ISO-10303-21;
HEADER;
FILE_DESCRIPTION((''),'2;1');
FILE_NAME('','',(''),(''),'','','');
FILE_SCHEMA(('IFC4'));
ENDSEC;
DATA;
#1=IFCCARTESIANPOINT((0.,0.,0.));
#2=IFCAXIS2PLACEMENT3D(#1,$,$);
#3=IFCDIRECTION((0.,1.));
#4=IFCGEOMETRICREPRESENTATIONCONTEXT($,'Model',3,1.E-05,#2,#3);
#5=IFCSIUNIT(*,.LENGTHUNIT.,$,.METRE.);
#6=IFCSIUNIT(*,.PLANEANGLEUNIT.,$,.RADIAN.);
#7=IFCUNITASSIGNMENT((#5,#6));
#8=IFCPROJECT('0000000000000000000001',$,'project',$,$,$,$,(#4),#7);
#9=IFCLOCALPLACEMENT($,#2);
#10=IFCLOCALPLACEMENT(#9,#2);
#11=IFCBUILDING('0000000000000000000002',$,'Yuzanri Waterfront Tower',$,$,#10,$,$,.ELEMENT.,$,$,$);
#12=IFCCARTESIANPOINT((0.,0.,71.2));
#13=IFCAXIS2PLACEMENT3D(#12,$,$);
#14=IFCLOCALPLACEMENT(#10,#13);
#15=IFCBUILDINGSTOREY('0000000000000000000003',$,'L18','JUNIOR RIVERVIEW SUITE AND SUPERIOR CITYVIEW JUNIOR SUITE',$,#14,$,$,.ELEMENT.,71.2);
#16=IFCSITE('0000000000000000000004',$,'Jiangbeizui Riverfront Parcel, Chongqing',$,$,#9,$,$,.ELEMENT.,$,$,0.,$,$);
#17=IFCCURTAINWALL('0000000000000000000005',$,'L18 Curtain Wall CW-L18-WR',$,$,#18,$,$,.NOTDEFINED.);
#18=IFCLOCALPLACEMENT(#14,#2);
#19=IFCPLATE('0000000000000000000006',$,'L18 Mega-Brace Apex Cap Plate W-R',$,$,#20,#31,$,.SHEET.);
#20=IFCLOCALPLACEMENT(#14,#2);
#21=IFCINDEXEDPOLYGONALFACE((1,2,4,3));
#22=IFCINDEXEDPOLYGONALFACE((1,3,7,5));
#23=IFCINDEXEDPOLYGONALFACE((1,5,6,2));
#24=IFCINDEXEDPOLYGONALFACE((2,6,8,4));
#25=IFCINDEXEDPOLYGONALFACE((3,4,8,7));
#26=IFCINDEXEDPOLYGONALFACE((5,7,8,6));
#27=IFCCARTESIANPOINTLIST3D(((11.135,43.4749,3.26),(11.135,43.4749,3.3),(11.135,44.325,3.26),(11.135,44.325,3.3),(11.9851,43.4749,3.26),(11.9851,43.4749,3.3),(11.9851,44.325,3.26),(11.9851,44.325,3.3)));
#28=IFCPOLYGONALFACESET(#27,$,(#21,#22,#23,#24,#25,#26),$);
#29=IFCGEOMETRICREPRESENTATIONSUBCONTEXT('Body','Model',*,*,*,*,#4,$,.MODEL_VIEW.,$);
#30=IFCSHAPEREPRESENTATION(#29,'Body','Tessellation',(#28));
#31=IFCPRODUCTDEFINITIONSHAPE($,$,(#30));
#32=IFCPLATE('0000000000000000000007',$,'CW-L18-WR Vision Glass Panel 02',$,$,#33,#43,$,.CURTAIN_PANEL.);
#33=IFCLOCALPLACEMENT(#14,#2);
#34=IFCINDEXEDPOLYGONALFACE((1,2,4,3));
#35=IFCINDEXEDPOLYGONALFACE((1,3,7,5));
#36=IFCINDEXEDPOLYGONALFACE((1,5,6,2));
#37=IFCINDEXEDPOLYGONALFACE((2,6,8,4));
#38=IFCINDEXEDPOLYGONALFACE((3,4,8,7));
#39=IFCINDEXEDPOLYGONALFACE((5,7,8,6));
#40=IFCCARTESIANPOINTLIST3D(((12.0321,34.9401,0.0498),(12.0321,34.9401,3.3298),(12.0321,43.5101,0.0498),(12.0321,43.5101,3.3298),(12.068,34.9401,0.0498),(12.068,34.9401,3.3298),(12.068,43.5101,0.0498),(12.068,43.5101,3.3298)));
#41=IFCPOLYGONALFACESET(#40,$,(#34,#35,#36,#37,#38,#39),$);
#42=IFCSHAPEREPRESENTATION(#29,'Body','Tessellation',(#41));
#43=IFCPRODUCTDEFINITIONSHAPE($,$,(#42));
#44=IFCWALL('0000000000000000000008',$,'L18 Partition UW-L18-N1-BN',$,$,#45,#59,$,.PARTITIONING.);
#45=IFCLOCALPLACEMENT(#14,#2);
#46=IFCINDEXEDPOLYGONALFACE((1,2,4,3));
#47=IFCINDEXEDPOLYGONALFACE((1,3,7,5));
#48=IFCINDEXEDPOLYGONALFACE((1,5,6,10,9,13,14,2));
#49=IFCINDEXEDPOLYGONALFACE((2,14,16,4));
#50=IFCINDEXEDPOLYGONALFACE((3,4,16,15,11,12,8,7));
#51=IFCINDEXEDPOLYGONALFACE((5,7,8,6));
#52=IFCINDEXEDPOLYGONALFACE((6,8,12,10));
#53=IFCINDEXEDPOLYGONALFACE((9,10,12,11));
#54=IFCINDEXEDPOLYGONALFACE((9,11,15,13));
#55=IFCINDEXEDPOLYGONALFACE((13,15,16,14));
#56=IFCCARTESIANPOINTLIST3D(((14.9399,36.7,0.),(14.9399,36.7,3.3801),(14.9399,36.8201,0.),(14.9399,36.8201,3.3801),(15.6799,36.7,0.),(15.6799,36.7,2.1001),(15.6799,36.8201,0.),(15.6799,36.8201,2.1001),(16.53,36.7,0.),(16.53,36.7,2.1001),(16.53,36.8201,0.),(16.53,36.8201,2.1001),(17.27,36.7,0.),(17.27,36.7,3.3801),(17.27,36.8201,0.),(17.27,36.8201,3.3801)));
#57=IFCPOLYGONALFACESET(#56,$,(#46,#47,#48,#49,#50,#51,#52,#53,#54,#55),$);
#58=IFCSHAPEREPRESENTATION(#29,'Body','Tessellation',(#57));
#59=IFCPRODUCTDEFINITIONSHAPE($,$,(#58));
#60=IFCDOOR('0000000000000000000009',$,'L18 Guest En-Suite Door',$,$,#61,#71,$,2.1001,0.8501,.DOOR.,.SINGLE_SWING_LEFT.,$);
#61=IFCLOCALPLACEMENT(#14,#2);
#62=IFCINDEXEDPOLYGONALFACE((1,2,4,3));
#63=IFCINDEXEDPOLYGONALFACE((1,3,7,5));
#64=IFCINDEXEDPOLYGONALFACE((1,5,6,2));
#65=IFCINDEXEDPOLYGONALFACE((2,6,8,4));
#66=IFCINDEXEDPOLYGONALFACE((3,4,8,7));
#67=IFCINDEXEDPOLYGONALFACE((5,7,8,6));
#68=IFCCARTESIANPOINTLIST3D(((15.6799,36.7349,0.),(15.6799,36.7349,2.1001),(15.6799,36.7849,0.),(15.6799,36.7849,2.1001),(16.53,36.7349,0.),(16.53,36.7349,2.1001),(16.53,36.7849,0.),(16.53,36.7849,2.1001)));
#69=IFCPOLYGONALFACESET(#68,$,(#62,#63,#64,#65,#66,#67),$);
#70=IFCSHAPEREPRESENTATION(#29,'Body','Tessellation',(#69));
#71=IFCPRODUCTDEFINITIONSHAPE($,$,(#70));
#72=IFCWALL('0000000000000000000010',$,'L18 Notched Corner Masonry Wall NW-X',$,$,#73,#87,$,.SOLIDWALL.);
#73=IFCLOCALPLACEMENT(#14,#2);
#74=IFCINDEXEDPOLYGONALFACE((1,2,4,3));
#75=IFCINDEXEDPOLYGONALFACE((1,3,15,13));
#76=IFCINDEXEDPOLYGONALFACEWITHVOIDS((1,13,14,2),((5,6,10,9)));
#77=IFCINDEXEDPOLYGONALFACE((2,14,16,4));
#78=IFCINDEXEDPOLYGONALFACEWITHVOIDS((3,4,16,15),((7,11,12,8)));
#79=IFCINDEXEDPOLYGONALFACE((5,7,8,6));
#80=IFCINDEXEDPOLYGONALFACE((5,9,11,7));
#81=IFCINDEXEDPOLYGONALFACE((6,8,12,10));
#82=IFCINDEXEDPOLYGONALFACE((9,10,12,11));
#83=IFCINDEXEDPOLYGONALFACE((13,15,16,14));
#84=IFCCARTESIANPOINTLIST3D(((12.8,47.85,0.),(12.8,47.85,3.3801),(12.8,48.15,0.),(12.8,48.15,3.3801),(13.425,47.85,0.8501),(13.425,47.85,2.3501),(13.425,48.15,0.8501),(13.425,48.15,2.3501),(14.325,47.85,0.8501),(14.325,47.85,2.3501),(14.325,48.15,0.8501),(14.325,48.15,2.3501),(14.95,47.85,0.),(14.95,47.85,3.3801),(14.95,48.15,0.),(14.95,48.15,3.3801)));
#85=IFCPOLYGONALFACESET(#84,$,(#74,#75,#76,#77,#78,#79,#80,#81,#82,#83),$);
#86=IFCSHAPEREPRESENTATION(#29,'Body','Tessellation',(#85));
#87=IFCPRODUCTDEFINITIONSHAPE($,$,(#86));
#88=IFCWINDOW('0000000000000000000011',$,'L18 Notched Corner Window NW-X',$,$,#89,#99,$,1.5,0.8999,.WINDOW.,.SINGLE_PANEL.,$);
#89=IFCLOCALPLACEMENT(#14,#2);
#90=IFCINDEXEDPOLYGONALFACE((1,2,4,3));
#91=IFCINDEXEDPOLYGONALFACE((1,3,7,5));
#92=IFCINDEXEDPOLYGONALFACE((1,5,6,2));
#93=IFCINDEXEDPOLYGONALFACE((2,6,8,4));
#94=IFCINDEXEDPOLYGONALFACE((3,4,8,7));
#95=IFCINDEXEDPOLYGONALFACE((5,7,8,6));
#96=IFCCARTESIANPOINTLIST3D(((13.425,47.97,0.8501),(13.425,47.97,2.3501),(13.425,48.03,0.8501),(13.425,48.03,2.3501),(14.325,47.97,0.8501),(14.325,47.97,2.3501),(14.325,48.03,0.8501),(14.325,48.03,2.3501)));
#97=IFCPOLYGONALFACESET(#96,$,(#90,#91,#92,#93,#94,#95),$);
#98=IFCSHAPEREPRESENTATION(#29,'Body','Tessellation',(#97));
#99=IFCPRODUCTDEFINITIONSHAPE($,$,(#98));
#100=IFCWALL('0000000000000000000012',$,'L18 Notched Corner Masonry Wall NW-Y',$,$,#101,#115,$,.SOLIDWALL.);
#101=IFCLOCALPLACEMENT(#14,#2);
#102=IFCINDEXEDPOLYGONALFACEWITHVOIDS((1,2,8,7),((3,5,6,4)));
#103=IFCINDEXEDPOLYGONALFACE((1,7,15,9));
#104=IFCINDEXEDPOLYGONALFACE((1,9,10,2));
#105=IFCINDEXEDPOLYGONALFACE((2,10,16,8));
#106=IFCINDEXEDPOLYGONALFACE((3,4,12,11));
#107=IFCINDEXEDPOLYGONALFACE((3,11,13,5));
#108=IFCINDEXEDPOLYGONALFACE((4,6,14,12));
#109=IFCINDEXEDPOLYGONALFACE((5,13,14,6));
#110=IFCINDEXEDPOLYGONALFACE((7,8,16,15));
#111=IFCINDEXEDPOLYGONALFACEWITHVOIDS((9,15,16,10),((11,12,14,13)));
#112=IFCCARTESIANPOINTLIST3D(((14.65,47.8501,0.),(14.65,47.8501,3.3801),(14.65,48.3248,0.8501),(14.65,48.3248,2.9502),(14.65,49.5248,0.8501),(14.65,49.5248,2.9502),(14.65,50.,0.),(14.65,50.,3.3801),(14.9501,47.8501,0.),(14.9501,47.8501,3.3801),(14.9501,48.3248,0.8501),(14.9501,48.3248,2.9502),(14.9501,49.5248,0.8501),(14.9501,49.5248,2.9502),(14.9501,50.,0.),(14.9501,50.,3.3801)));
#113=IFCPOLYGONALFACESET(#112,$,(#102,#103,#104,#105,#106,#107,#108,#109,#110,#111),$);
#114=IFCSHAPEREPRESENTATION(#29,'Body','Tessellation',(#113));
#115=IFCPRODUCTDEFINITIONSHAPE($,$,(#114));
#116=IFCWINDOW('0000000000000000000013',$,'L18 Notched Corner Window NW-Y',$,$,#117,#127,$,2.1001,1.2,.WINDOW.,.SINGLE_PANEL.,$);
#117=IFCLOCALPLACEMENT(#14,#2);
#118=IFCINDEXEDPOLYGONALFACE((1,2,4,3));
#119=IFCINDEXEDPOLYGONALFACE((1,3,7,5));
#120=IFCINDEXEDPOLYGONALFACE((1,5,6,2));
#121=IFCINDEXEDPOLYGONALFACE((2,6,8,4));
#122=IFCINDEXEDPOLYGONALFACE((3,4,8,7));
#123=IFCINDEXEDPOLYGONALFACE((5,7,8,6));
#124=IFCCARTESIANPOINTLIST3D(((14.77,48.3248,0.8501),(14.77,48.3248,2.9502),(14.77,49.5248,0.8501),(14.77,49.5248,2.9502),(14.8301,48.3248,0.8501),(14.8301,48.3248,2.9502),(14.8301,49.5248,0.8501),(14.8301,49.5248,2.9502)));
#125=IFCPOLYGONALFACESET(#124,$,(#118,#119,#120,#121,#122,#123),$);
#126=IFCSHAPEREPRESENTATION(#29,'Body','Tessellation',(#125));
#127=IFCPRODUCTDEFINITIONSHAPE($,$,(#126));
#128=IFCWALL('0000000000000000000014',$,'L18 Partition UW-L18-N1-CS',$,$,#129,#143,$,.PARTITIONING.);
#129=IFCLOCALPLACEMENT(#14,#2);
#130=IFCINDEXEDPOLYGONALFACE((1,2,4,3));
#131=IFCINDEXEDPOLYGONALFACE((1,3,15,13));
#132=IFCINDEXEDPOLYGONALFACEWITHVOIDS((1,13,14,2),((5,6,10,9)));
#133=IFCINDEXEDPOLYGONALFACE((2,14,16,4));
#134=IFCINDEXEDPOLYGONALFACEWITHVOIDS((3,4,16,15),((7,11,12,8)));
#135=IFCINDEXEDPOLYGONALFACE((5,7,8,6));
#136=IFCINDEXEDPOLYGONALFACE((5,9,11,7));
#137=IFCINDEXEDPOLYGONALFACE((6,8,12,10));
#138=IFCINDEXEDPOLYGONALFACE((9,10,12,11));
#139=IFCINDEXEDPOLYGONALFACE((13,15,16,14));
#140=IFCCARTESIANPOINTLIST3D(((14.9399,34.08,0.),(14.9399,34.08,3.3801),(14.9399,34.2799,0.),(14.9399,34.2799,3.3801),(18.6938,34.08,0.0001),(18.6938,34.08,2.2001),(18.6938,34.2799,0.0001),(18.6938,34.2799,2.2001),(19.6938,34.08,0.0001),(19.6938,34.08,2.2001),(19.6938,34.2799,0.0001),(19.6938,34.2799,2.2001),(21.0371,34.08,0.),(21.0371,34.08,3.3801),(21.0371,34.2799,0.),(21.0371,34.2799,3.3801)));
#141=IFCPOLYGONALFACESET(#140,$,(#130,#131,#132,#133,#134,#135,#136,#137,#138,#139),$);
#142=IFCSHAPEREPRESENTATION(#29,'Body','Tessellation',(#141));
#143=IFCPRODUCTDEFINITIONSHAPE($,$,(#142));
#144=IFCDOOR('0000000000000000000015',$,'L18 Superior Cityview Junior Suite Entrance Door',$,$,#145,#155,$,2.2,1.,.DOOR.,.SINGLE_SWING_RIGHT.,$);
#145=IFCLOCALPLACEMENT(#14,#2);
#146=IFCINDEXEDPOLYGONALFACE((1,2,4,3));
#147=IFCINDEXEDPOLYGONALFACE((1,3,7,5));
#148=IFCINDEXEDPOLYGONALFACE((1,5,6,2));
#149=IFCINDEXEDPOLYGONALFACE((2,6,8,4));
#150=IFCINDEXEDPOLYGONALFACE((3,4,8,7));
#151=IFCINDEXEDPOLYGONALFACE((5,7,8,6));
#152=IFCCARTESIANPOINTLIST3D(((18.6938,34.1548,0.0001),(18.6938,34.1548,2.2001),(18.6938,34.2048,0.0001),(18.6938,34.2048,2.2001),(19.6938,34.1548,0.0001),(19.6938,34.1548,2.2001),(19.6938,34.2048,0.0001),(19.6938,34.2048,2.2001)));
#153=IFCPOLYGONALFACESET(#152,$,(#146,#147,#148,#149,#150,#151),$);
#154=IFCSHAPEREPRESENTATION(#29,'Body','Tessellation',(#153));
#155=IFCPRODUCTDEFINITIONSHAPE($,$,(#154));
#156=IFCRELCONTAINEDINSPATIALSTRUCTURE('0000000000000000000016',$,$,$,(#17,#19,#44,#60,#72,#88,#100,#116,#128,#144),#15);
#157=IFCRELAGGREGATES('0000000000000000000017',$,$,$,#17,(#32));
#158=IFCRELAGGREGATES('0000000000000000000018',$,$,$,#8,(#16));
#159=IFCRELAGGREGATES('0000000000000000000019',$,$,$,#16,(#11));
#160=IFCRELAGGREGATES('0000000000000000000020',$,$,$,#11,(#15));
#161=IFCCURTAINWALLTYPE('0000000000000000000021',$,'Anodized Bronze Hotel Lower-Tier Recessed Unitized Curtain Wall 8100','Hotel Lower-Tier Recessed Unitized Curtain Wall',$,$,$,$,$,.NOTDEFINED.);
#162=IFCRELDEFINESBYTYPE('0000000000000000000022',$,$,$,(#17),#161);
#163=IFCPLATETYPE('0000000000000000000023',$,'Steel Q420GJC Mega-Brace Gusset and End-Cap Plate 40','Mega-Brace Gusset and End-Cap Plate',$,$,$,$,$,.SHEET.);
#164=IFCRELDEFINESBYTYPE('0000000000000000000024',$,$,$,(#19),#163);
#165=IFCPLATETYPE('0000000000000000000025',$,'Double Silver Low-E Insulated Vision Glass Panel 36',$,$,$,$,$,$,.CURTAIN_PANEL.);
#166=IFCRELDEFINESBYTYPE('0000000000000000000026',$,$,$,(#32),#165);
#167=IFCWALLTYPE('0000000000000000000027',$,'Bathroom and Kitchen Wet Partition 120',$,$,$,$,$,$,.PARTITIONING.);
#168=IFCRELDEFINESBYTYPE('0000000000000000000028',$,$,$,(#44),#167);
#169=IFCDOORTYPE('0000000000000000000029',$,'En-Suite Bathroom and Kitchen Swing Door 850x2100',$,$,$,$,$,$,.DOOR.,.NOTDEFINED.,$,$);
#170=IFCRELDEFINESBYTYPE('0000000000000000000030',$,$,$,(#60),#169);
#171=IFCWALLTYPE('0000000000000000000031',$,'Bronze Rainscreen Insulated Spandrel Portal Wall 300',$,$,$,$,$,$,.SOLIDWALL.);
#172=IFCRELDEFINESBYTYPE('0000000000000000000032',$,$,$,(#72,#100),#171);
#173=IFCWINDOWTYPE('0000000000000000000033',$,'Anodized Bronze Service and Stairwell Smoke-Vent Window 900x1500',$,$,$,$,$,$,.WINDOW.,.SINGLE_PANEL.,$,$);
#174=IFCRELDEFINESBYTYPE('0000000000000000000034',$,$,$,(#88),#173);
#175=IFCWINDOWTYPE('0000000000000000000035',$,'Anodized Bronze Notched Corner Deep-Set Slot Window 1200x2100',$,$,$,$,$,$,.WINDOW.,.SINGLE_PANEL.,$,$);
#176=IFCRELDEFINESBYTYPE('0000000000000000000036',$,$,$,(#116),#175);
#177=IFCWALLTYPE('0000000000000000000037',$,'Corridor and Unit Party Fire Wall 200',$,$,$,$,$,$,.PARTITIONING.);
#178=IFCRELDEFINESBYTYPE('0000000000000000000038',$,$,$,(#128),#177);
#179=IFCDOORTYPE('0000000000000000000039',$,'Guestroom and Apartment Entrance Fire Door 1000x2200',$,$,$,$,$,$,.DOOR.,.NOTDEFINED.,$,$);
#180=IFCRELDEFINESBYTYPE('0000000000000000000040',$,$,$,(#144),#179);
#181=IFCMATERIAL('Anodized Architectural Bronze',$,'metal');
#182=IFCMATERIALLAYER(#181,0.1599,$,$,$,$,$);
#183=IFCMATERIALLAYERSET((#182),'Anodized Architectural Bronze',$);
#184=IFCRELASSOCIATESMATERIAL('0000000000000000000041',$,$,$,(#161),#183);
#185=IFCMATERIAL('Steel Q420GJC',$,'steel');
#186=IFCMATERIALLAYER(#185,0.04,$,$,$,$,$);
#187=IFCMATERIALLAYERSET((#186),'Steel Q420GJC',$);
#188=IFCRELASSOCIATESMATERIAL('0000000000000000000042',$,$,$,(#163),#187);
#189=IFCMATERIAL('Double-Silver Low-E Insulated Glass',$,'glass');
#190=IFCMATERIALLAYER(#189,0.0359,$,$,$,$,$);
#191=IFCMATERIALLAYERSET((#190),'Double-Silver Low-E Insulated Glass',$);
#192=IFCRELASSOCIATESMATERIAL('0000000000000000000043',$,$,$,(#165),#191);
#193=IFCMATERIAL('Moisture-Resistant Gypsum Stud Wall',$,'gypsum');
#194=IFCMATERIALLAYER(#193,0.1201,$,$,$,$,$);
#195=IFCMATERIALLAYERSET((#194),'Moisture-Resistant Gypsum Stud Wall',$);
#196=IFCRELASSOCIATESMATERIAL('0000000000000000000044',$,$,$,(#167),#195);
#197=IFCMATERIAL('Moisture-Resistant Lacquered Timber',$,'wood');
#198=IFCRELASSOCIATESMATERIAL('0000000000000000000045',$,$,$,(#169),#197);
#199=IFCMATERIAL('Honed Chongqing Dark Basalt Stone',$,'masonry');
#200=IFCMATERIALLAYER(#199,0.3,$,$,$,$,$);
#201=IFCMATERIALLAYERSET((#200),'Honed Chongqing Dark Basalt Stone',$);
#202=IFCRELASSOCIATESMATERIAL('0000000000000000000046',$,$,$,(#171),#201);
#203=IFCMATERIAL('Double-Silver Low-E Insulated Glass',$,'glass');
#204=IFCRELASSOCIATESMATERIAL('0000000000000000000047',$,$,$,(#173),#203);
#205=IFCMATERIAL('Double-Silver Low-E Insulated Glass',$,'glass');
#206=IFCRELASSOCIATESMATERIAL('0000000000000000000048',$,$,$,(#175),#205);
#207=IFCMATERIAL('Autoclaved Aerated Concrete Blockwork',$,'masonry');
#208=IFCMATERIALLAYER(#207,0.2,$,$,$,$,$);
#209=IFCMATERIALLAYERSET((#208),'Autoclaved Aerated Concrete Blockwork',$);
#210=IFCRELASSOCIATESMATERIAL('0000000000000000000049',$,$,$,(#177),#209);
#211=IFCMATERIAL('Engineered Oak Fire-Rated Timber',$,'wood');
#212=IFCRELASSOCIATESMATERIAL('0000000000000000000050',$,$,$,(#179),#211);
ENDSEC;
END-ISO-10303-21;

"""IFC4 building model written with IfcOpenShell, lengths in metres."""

from ifc_helpers import new_model, si_unit, direction, frame, frame_2d, origin, origin_2d, place, context, subcontext, project, spatial, rectangle, extrude, source, transform, mapped, material, layer, layer_set, type_object, element, fill, aggregate, save


model = new_model("IFC4")

# Units and contexts
model_context = context("Model", 3, precision=1e-05, world=origin(), true_north=direction((0.0, 1.0)))
body_context = subcontext(model_context, "Body", "Model", "MODEL_VIEW")
ifc_project = project(units=[si_unit("LENGTHUNIT", "METRE"), si_unit("PLANEANGLEUNIT", "RADIAN")], contexts=[model_context])

# Site, building, storey
site_placement = place(None, origin())
site = spatial("IfcSite", under=ifc_project, at=site_placement, Name="Jiangbeizui Riverfront Parcel, Chongqing", CompositionType="ELEMENT", RefElevation=0.0)
building_placement = place(site_placement, origin())
building = spatial("IfcBuilding", under=site, at=building_placement, Name="Yuzanri Waterfront Tower", CompositionType="ELEMENT")
storey_placement = place(building_placement, frame((0.0, 0.0, 71.2)))
storey = spatial("IfcBuildingStorey", under=building, at=storey_placement, Name="L18", Description="JUNIOR RIVERVIEW SUITE AND SUPERIOR CITYVIEW JUNIOR SUITE", CompositionType="ELEMENT", Elevation=71.2)

# Curtain wall
ifc_material_1 = material(Name="Anodized Architectural Bronze", Category="metal")
ifc_layer_1 = layer(ifc_material_1, 0.1599)
ifc_layer_set_1 = layer_set([ifc_layer_1], Name="Anodized Architectural Bronze")
curtain_wall_type = type_object("IfcCurtainWallType", Name="Anodized Bronze Hotel Lower-Tier Recessed Unitized Curtain Wall 8100", Description="Hotel Lower-Tier Recessed Unitized Curtain Wall", PredefinedType="NOTDEFINED", material=ifc_layer_set_1)
curtain_wall_1_placement = place(storey_placement, origin())
curtain_wall_1 = element("IfcCurtainWall", 1, at=curtain_wall_1_placement, inside=storey, type_object=curtain_wall_type, Name="L18 Curtain Wall CW-L18-WR", PredefinedType="NOTDEFINED")

# Plate
ifc_material_2 = material(Name="Steel Q420GJC", Category="steel")
ifc_layer_2 = layer(ifc_material_2, 0.04)
ifc_layer_set_2 = layer_set([ifc_layer_2], Name="Steel Q420GJC")
plate_type_1 = type_object("IfcPlateType", Name="Steel Q420GJC Mega-Brace Gusset and End-Cap Plate 40", Description="Mega-Brace Gusset and End-Cap Plate", PredefinedType="SHEET", material=ifc_layer_set_2)
shared_shape_1 = source(origin(), body_context, "Body", "SweptSolid", [
    extrude(rectangle(XDim=0.8501, YDim=0.8501, at=origin_2d()), origin(), (0.0, 0.0, 1.0), 0.04),
])
for number, where, z_axis, x_axis, name in (
    (2, (11.5601, 43.8999, 3.26), (0.0, 0.0, 1.0), (1.0, 0.0, 0.0), "L18 Mega-Brace Apex Cap Plate W-R"),
):
    element("IfcPlate", number, at=place(storey_placement, frame(where, z_axis=z_axis, x_axis=x_axis)), inside=storey, type_object=plate_type_1, Name=name, PredefinedType="SHEET", context=body_context, shape_type="MappedRepresentation", body=[
        mapped(shared_shape_1, transform((0.0, 0.0, 0.0), scale=1.0)),
    ])

# Plate
ifc_material_3 = material(Name="Double-Silver Low-E Insulated Glass", Category="glass")
ifc_layer_3 = layer(ifc_material_3, 0.0359)
ifc_layer_set_3 = layer_set([ifc_layer_3], Name="Double-Silver Low-E Insulated Glass")
plate_type_2 = type_object("IfcPlateType", Name="Double Silver Low-E Insulated Vision Glass Panel 36", PredefinedType="CURTAIN_PANEL", material=ifc_layer_set_3)
shared_shape_2 = source(origin(), body_context, "Body", "SweptSolid", [
    extrude(rectangle(XDim=8.5701, YDim=0.0359, at=origin_2d()), origin(), (0.0, 0.0, 1.0), 3.28),
])
plate_placement = place(storey_placement, frame((12.05, 39.2251, 0.0498), z_axis=(0.0, 0.0, 1.0), x_axis=(0.0, 1.0, 0.0)))
plate = element("IfcPlate", 3, at=plate_placement, type_object=plate_type_2, Name="CW-L18-WR Vision Glass Panel 02", PredefinedType="CURTAIN_PANEL", context=body_context, shape_type="MappedRepresentation", body=[
    mapped(shared_shape_2, transform((0.0, 0.0, 0.0), scale=1.0)),
])
aggregate(curtain_wall_1, [plate])

# Wall, opening, door
ifc_material_4 = material(Name="Moisture-Resistant Gypsum Stud Wall", Category="gypsum")
ifc_layer_4 = layer(ifc_material_4, 0.1201)
ifc_layer_set_4 = layer_set([ifc_layer_4], Name="Moisture-Resistant Gypsum Stud Wall")
wall_type_1 = type_object("IfcWallType", Name="Bathroom and Kitchen Wet Partition 120", PredefinedType="PARTITIONING", material=ifc_layer_set_4)
wall_1_placement = place(storey_placement, frame((14.9399, 36.76, 0.0), z_axis=(0.0, 0.0, 1.0), x_axis=(1.0, 0.0, 0.0)))
wall_1 = element("IfcWall", 4, at=wall_1_placement, inside=storey, type_object=wall_type_1, Name="L18 Partition UW-L18-N1-BN", PredefinedType="PARTITIONING", context=body_context, shape_type="SweptSolid", body=[
    extrude(rectangle(XDim=2.3301, YDim=0.1201, at=frame_2d((1.165, 0.0))), origin(), (0.0, 0.0, 1.0), 3.3801),
])
opening_1_placement = place(wall_1_placement, frame((0.74, 0.0, 0.0)))
opening_1 = element("IfcOpeningElement", 5, at=opening_1_placement, cuts=wall_1, PredefinedType="OPENING", context=body_context, shape_type="SweptSolid", body=[
    extrude(rectangle(XDim=0.8501, YDim=2.1001, at=frame_2d((0.425, 1.05))), frame((0.0, 0.075, 0.0), z_axis=(0.0, -1.0, 0.0), x_axis=(1.0, 0.0, 0.0)), (0.0, 0.0, 1.0), 0.1499),
])
ifc_material_5 = material(Name="Moisture-Resistant Lacquered Timber", Category="wood")
door_type_1 = type_object("IfcDoorType", Name="En-Suite Bathroom and Kitchen Swing Door 850x2100", OperationType="NOTDEFINED", PredefinedType="DOOR", material=ifc_material_5)
shared_shape_3 = source(origin(), body_context, "Body", "SweptSolid", [
    extrude(rectangle(XDim=0.8501, YDim=2.1001, at=frame_2d((0.425, 1.05))), frame((0.0, 0.0249, 0.0), z_axis=(0.0, -1.0, 0.0), x_axis=(1.0, 0.0, 0.0)), (0.0, 0.0, 1.0), 0.05),
])
door_1_placement = place(opening_1_placement, origin())
door_1 = element("IfcDoor", 6, at=door_1_placement, inside=storey, type_object=door_type_1, Name="L18 Guest En-Suite Door", OperationType="SINGLE_SWING_LEFT", OverallHeight=2.1001, OverallWidth=0.8501, PredefinedType="DOOR", context=body_context, shape_type="MappedRepresentation", body=[
    mapped(shared_shape_3, transform((0.0, 0.0, 0.0), scale=1.0)),
])
fill(opening_1, door_1)

# Walls, openings, windows
ifc_material_6 = material(Name="Honed Chongqing Dark Basalt Stone", Category="masonry")
ifc_layer_5 = layer(ifc_material_6, 0.3)
ifc_layer_set_5 = layer_set([ifc_layer_5], Name="Honed Chongqing Dark Basalt Stone")
wall_type_2 = type_object("IfcWallType", Name="Bronze Rainscreen Insulated Spandrel Portal Wall 300", PredefinedType="SOLIDWALL", material=ifc_layer_set_5)
wall_2_placement = place(storey_placement, frame((14.95, 48.0, 0.0), z_axis=(0.0, 0.0, 1.0), x_axis=(-1.0, 0.0, 0.0)))
wall_2 = element("IfcWall", 7, at=wall_2_placement, inside=storey, type_object=wall_type_2, Name="L18 Notched Corner Masonry Wall NW-X", PredefinedType="SOLIDWALL", context=body_context, shape_type="SweptSolid", body=[
    extrude(rectangle(XDim=2.1499, YDim=0.3, at=frame_2d((1.075, 0.0))), origin(), (0.0, 0.0, 1.0), 3.3801),
])
opening_2_placement = place(wall_2_placement, frame((0.625, 0.0, 0.8501)))
opening_2 = element("IfcOpeningElement", 8, at=opening_2_placement, cuts=wall_2, PredefinedType="OPENING", context=body_context, shape_type="SweptSolid", body=[
    extrude(rectangle(XDim=0.8999, YDim=1.5, at=frame_2d((0.45, 0.75))), frame((0.0, 0.165, 0.0), z_axis=(0.0, -1.0, 0.0), x_axis=(1.0, 0.0, 0.0)), (0.0, 0.0, 1.0), 0.3298),
])
ifc_material_7 = material(Name="Double-Silver Low-E Insulated Glass", Category="glass")
window_type_1 = type_object("IfcWindowType", Name="Anodized Bronze Service and Stairwell Smoke-Vent Window 900x1500", PartitioningType="SINGLE_PANEL", PredefinedType="WINDOW", material=ifc_material_7)
shared_shape_4 = source(origin(), body_context, "Body", "SweptSolid", [
    extrude(rectangle(XDim=0.8999, YDim=1.5, at=frame_2d((0.45, 0.75))), frame((0.0, 0.03, 0.0), z_axis=(0.0, -1.0, 0.0), x_axis=(1.0, 0.0, 0.0)), (0.0, 0.0, 1.0), 0.0601),
])
window_1_placement = place(opening_2_placement, origin())
window_1 = element("IfcWindow", 9, at=window_1_placement, inside=storey, type_object=window_type_1, Name="L18 Notched Corner Window NW-X", OverallHeight=1.5, OverallWidth=0.8999, PartitioningType="SINGLE_PANEL", PredefinedType="WINDOW", context=body_context, shape_type="MappedRepresentation", body=[
    mapped(shared_shape_4, transform((0.0, 0.0, 0.0), scale=1.0)),
])
fill(opening_2, window_1)
wall_3_placement = place(storey_placement, frame((14.8, 50.0, 0.0), z_axis=(0.0, 0.0, 1.0), x_axis=(0.0, -1.0, 0.0)))
wall_3 = element("IfcWall", 10, at=wall_3_placement, inside=storey, type_object=wall_type_2, Name="L18 Notched Corner Masonry Wall NW-Y", PredefinedType="SOLIDWALL", context=body_context, shape_type="SweptSolid", body=[
    extrude(rectangle(XDim=2.1499, YDim=0.3, at=frame_2d((1.075, 0.0))), origin(), (0.0, 0.0, 1.0), 3.3801),
])
opening_3_placement = place(wall_3_placement, frame((0.4751, 0.0, 0.8501)))
opening_3 = element("IfcOpeningElement", 11, at=opening_3_placement, cuts=wall_3, PredefinedType="OPENING", context=body_context, shape_type="SweptSolid", body=[
    extrude(rectangle(XDim=1.2, YDim=2.1001, at=frame_2d((0.6001, 1.05))), frame((0.0, 0.165, 0.0), z_axis=(0.0, -1.0, 0.0), x_axis=(1.0, 0.0, 0.0)), (0.0, 0.0, 1.0), 0.3298),
])
ifc_material_8 = material(Name="Double-Silver Low-E Insulated Glass", Category="glass")
window_type_2 = type_object("IfcWindowType", Name="Anodized Bronze Notched Corner Deep-Set Slot Window 1200x2100", PartitioningType="SINGLE_PANEL", PredefinedType="WINDOW", material=ifc_material_8)
shared_shape_5 = source(origin(), body_context, "Body", "SweptSolid", [
    extrude(rectangle(XDim=1.2, YDim=2.1001, at=frame_2d((0.6001, 1.05))), frame((0.0, 0.03, 0.0), z_axis=(0.0, -1.0, 0.0), x_axis=(1.0, 0.0, 0.0)), (0.0, 0.0, 1.0), 0.0601),
])
window_2_placement = place(opening_3_placement, origin())
window_2 = element("IfcWindow", 12, at=window_2_placement, inside=storey, type_object=window_type_2, Name="L18 Notched Corner Window NW-Y", OverallHeight=2.1001, OverallWidth=1.2, PartitioningType="SINGLE_PANEL", PredefinedType="WINDOW", context=body_context, shape_type="MappedRepresentation", body=[
    mapped(shared_shape_5, transform((0.0, 0.0, 0.0), scale=1.0)),
])
fill(opening_3, window_2)

# Wall, opening, door
ifc_material_9 = material(Name="Autoclaved Aerated Concrete Blockwork", Category="masonry")
ifc_layer_6 = layer(ifc_material_9, 0.2)
ifc_layer_set_6 = layer_set([ifc_layer_6], Name="Autoclaved Aerated Concrete Blockwork")
wall_type_3 = type_object("IfcWallType", Name="Corridor and Unit Party Fire Wall 200", PredefinedType="PARTITIONING", material=ifc_layer_set_6)
wall_4_placement = place(storey_placement, frame((14.9399, 34.1799, 0.0), z_axis=(0.0, 0.0, 1.0), x_axis=(1.0, 0.0, 0.0)))
wall_4 = element("IfcWall", 13, at=wall_4_placement, inside=storey, type_object=wall_type_3, Name="L18 Partition UW-L18-N1-CS", PredefinedType="PARTITIONING", context=body_context, shape_type="SweptSolid", body=[
    extrude(rectangle(XDim=6.0972, YDim=0.2, at=frame_2d((3.0486, 0.0))), origin(), (0.0, 0.0, 1.0), 3.3801),
])
opening_4_placement = place(wall_4_placement, frame((3.7539, 0.0, 0.0)))
opening_4 = element("IfcOpeningElement", 14, at=opening_4_placement, cuts=wall_4, PredefinedType="OPENING", context=body_context, shape_type="SweptSolid", body=[
    extrude(rectangle(XDim=1.0, YDim=2.2, at=frame_2d((0.5, 1.1001))), frame((0.0, 0.1147, 0.0), z_axis=(0.0, -1.0, 0.0), x_axis=(1.0, 0.0, 0.0)), (0.0, 0.0, 1.0), 0.2297),
])
ifc_material_10 = material(Name="Engineered Oak Fire-Rated Timber", Category="wood")
door_type_2 = type_object("IfcDoorType", Name="Guestroom and Apartment Entrance Fire Door 1000x2200", OperationType="NOTDEFINED", PredefinedType="DOOR", material=ifc_material_10)
shared_shape_6 = source(origin(), body_context, "Body", "SweptSolid", [
    extrude(rectangle(XDim=1.0, YDim=2.2, at=frame_2d((0.5, 1.1001))), frame((0.0, 0.0249, 0.0), z_axis=(0.0, -1.0, 0.0), x_axis=(1.0, 0.0, 0.0)), (0.0, 0.0, 1.0), 0.05),
])
door_2_placement = place(opening_4_placement, origin())
door_2 = element("IfcDoor", 15, at=door_2_placement, inside=storey, type_object=door_type_2, Name="L18 Superior Cityview Junior Suite Entrance Door", OperationType="SINGLE_SWING_RIGHT", OverallHeight=2.2, OverallWidth=1.0, PredefinedType="DOOR", context=body_context, shape_type="MappedRepresentation", body=[
    mapped(shared_shape_6, transform((0.0, 0.0, 0.0), scale=1.0)),
])
fill(opening_4, door_2)

save(model, "model.ifc")
